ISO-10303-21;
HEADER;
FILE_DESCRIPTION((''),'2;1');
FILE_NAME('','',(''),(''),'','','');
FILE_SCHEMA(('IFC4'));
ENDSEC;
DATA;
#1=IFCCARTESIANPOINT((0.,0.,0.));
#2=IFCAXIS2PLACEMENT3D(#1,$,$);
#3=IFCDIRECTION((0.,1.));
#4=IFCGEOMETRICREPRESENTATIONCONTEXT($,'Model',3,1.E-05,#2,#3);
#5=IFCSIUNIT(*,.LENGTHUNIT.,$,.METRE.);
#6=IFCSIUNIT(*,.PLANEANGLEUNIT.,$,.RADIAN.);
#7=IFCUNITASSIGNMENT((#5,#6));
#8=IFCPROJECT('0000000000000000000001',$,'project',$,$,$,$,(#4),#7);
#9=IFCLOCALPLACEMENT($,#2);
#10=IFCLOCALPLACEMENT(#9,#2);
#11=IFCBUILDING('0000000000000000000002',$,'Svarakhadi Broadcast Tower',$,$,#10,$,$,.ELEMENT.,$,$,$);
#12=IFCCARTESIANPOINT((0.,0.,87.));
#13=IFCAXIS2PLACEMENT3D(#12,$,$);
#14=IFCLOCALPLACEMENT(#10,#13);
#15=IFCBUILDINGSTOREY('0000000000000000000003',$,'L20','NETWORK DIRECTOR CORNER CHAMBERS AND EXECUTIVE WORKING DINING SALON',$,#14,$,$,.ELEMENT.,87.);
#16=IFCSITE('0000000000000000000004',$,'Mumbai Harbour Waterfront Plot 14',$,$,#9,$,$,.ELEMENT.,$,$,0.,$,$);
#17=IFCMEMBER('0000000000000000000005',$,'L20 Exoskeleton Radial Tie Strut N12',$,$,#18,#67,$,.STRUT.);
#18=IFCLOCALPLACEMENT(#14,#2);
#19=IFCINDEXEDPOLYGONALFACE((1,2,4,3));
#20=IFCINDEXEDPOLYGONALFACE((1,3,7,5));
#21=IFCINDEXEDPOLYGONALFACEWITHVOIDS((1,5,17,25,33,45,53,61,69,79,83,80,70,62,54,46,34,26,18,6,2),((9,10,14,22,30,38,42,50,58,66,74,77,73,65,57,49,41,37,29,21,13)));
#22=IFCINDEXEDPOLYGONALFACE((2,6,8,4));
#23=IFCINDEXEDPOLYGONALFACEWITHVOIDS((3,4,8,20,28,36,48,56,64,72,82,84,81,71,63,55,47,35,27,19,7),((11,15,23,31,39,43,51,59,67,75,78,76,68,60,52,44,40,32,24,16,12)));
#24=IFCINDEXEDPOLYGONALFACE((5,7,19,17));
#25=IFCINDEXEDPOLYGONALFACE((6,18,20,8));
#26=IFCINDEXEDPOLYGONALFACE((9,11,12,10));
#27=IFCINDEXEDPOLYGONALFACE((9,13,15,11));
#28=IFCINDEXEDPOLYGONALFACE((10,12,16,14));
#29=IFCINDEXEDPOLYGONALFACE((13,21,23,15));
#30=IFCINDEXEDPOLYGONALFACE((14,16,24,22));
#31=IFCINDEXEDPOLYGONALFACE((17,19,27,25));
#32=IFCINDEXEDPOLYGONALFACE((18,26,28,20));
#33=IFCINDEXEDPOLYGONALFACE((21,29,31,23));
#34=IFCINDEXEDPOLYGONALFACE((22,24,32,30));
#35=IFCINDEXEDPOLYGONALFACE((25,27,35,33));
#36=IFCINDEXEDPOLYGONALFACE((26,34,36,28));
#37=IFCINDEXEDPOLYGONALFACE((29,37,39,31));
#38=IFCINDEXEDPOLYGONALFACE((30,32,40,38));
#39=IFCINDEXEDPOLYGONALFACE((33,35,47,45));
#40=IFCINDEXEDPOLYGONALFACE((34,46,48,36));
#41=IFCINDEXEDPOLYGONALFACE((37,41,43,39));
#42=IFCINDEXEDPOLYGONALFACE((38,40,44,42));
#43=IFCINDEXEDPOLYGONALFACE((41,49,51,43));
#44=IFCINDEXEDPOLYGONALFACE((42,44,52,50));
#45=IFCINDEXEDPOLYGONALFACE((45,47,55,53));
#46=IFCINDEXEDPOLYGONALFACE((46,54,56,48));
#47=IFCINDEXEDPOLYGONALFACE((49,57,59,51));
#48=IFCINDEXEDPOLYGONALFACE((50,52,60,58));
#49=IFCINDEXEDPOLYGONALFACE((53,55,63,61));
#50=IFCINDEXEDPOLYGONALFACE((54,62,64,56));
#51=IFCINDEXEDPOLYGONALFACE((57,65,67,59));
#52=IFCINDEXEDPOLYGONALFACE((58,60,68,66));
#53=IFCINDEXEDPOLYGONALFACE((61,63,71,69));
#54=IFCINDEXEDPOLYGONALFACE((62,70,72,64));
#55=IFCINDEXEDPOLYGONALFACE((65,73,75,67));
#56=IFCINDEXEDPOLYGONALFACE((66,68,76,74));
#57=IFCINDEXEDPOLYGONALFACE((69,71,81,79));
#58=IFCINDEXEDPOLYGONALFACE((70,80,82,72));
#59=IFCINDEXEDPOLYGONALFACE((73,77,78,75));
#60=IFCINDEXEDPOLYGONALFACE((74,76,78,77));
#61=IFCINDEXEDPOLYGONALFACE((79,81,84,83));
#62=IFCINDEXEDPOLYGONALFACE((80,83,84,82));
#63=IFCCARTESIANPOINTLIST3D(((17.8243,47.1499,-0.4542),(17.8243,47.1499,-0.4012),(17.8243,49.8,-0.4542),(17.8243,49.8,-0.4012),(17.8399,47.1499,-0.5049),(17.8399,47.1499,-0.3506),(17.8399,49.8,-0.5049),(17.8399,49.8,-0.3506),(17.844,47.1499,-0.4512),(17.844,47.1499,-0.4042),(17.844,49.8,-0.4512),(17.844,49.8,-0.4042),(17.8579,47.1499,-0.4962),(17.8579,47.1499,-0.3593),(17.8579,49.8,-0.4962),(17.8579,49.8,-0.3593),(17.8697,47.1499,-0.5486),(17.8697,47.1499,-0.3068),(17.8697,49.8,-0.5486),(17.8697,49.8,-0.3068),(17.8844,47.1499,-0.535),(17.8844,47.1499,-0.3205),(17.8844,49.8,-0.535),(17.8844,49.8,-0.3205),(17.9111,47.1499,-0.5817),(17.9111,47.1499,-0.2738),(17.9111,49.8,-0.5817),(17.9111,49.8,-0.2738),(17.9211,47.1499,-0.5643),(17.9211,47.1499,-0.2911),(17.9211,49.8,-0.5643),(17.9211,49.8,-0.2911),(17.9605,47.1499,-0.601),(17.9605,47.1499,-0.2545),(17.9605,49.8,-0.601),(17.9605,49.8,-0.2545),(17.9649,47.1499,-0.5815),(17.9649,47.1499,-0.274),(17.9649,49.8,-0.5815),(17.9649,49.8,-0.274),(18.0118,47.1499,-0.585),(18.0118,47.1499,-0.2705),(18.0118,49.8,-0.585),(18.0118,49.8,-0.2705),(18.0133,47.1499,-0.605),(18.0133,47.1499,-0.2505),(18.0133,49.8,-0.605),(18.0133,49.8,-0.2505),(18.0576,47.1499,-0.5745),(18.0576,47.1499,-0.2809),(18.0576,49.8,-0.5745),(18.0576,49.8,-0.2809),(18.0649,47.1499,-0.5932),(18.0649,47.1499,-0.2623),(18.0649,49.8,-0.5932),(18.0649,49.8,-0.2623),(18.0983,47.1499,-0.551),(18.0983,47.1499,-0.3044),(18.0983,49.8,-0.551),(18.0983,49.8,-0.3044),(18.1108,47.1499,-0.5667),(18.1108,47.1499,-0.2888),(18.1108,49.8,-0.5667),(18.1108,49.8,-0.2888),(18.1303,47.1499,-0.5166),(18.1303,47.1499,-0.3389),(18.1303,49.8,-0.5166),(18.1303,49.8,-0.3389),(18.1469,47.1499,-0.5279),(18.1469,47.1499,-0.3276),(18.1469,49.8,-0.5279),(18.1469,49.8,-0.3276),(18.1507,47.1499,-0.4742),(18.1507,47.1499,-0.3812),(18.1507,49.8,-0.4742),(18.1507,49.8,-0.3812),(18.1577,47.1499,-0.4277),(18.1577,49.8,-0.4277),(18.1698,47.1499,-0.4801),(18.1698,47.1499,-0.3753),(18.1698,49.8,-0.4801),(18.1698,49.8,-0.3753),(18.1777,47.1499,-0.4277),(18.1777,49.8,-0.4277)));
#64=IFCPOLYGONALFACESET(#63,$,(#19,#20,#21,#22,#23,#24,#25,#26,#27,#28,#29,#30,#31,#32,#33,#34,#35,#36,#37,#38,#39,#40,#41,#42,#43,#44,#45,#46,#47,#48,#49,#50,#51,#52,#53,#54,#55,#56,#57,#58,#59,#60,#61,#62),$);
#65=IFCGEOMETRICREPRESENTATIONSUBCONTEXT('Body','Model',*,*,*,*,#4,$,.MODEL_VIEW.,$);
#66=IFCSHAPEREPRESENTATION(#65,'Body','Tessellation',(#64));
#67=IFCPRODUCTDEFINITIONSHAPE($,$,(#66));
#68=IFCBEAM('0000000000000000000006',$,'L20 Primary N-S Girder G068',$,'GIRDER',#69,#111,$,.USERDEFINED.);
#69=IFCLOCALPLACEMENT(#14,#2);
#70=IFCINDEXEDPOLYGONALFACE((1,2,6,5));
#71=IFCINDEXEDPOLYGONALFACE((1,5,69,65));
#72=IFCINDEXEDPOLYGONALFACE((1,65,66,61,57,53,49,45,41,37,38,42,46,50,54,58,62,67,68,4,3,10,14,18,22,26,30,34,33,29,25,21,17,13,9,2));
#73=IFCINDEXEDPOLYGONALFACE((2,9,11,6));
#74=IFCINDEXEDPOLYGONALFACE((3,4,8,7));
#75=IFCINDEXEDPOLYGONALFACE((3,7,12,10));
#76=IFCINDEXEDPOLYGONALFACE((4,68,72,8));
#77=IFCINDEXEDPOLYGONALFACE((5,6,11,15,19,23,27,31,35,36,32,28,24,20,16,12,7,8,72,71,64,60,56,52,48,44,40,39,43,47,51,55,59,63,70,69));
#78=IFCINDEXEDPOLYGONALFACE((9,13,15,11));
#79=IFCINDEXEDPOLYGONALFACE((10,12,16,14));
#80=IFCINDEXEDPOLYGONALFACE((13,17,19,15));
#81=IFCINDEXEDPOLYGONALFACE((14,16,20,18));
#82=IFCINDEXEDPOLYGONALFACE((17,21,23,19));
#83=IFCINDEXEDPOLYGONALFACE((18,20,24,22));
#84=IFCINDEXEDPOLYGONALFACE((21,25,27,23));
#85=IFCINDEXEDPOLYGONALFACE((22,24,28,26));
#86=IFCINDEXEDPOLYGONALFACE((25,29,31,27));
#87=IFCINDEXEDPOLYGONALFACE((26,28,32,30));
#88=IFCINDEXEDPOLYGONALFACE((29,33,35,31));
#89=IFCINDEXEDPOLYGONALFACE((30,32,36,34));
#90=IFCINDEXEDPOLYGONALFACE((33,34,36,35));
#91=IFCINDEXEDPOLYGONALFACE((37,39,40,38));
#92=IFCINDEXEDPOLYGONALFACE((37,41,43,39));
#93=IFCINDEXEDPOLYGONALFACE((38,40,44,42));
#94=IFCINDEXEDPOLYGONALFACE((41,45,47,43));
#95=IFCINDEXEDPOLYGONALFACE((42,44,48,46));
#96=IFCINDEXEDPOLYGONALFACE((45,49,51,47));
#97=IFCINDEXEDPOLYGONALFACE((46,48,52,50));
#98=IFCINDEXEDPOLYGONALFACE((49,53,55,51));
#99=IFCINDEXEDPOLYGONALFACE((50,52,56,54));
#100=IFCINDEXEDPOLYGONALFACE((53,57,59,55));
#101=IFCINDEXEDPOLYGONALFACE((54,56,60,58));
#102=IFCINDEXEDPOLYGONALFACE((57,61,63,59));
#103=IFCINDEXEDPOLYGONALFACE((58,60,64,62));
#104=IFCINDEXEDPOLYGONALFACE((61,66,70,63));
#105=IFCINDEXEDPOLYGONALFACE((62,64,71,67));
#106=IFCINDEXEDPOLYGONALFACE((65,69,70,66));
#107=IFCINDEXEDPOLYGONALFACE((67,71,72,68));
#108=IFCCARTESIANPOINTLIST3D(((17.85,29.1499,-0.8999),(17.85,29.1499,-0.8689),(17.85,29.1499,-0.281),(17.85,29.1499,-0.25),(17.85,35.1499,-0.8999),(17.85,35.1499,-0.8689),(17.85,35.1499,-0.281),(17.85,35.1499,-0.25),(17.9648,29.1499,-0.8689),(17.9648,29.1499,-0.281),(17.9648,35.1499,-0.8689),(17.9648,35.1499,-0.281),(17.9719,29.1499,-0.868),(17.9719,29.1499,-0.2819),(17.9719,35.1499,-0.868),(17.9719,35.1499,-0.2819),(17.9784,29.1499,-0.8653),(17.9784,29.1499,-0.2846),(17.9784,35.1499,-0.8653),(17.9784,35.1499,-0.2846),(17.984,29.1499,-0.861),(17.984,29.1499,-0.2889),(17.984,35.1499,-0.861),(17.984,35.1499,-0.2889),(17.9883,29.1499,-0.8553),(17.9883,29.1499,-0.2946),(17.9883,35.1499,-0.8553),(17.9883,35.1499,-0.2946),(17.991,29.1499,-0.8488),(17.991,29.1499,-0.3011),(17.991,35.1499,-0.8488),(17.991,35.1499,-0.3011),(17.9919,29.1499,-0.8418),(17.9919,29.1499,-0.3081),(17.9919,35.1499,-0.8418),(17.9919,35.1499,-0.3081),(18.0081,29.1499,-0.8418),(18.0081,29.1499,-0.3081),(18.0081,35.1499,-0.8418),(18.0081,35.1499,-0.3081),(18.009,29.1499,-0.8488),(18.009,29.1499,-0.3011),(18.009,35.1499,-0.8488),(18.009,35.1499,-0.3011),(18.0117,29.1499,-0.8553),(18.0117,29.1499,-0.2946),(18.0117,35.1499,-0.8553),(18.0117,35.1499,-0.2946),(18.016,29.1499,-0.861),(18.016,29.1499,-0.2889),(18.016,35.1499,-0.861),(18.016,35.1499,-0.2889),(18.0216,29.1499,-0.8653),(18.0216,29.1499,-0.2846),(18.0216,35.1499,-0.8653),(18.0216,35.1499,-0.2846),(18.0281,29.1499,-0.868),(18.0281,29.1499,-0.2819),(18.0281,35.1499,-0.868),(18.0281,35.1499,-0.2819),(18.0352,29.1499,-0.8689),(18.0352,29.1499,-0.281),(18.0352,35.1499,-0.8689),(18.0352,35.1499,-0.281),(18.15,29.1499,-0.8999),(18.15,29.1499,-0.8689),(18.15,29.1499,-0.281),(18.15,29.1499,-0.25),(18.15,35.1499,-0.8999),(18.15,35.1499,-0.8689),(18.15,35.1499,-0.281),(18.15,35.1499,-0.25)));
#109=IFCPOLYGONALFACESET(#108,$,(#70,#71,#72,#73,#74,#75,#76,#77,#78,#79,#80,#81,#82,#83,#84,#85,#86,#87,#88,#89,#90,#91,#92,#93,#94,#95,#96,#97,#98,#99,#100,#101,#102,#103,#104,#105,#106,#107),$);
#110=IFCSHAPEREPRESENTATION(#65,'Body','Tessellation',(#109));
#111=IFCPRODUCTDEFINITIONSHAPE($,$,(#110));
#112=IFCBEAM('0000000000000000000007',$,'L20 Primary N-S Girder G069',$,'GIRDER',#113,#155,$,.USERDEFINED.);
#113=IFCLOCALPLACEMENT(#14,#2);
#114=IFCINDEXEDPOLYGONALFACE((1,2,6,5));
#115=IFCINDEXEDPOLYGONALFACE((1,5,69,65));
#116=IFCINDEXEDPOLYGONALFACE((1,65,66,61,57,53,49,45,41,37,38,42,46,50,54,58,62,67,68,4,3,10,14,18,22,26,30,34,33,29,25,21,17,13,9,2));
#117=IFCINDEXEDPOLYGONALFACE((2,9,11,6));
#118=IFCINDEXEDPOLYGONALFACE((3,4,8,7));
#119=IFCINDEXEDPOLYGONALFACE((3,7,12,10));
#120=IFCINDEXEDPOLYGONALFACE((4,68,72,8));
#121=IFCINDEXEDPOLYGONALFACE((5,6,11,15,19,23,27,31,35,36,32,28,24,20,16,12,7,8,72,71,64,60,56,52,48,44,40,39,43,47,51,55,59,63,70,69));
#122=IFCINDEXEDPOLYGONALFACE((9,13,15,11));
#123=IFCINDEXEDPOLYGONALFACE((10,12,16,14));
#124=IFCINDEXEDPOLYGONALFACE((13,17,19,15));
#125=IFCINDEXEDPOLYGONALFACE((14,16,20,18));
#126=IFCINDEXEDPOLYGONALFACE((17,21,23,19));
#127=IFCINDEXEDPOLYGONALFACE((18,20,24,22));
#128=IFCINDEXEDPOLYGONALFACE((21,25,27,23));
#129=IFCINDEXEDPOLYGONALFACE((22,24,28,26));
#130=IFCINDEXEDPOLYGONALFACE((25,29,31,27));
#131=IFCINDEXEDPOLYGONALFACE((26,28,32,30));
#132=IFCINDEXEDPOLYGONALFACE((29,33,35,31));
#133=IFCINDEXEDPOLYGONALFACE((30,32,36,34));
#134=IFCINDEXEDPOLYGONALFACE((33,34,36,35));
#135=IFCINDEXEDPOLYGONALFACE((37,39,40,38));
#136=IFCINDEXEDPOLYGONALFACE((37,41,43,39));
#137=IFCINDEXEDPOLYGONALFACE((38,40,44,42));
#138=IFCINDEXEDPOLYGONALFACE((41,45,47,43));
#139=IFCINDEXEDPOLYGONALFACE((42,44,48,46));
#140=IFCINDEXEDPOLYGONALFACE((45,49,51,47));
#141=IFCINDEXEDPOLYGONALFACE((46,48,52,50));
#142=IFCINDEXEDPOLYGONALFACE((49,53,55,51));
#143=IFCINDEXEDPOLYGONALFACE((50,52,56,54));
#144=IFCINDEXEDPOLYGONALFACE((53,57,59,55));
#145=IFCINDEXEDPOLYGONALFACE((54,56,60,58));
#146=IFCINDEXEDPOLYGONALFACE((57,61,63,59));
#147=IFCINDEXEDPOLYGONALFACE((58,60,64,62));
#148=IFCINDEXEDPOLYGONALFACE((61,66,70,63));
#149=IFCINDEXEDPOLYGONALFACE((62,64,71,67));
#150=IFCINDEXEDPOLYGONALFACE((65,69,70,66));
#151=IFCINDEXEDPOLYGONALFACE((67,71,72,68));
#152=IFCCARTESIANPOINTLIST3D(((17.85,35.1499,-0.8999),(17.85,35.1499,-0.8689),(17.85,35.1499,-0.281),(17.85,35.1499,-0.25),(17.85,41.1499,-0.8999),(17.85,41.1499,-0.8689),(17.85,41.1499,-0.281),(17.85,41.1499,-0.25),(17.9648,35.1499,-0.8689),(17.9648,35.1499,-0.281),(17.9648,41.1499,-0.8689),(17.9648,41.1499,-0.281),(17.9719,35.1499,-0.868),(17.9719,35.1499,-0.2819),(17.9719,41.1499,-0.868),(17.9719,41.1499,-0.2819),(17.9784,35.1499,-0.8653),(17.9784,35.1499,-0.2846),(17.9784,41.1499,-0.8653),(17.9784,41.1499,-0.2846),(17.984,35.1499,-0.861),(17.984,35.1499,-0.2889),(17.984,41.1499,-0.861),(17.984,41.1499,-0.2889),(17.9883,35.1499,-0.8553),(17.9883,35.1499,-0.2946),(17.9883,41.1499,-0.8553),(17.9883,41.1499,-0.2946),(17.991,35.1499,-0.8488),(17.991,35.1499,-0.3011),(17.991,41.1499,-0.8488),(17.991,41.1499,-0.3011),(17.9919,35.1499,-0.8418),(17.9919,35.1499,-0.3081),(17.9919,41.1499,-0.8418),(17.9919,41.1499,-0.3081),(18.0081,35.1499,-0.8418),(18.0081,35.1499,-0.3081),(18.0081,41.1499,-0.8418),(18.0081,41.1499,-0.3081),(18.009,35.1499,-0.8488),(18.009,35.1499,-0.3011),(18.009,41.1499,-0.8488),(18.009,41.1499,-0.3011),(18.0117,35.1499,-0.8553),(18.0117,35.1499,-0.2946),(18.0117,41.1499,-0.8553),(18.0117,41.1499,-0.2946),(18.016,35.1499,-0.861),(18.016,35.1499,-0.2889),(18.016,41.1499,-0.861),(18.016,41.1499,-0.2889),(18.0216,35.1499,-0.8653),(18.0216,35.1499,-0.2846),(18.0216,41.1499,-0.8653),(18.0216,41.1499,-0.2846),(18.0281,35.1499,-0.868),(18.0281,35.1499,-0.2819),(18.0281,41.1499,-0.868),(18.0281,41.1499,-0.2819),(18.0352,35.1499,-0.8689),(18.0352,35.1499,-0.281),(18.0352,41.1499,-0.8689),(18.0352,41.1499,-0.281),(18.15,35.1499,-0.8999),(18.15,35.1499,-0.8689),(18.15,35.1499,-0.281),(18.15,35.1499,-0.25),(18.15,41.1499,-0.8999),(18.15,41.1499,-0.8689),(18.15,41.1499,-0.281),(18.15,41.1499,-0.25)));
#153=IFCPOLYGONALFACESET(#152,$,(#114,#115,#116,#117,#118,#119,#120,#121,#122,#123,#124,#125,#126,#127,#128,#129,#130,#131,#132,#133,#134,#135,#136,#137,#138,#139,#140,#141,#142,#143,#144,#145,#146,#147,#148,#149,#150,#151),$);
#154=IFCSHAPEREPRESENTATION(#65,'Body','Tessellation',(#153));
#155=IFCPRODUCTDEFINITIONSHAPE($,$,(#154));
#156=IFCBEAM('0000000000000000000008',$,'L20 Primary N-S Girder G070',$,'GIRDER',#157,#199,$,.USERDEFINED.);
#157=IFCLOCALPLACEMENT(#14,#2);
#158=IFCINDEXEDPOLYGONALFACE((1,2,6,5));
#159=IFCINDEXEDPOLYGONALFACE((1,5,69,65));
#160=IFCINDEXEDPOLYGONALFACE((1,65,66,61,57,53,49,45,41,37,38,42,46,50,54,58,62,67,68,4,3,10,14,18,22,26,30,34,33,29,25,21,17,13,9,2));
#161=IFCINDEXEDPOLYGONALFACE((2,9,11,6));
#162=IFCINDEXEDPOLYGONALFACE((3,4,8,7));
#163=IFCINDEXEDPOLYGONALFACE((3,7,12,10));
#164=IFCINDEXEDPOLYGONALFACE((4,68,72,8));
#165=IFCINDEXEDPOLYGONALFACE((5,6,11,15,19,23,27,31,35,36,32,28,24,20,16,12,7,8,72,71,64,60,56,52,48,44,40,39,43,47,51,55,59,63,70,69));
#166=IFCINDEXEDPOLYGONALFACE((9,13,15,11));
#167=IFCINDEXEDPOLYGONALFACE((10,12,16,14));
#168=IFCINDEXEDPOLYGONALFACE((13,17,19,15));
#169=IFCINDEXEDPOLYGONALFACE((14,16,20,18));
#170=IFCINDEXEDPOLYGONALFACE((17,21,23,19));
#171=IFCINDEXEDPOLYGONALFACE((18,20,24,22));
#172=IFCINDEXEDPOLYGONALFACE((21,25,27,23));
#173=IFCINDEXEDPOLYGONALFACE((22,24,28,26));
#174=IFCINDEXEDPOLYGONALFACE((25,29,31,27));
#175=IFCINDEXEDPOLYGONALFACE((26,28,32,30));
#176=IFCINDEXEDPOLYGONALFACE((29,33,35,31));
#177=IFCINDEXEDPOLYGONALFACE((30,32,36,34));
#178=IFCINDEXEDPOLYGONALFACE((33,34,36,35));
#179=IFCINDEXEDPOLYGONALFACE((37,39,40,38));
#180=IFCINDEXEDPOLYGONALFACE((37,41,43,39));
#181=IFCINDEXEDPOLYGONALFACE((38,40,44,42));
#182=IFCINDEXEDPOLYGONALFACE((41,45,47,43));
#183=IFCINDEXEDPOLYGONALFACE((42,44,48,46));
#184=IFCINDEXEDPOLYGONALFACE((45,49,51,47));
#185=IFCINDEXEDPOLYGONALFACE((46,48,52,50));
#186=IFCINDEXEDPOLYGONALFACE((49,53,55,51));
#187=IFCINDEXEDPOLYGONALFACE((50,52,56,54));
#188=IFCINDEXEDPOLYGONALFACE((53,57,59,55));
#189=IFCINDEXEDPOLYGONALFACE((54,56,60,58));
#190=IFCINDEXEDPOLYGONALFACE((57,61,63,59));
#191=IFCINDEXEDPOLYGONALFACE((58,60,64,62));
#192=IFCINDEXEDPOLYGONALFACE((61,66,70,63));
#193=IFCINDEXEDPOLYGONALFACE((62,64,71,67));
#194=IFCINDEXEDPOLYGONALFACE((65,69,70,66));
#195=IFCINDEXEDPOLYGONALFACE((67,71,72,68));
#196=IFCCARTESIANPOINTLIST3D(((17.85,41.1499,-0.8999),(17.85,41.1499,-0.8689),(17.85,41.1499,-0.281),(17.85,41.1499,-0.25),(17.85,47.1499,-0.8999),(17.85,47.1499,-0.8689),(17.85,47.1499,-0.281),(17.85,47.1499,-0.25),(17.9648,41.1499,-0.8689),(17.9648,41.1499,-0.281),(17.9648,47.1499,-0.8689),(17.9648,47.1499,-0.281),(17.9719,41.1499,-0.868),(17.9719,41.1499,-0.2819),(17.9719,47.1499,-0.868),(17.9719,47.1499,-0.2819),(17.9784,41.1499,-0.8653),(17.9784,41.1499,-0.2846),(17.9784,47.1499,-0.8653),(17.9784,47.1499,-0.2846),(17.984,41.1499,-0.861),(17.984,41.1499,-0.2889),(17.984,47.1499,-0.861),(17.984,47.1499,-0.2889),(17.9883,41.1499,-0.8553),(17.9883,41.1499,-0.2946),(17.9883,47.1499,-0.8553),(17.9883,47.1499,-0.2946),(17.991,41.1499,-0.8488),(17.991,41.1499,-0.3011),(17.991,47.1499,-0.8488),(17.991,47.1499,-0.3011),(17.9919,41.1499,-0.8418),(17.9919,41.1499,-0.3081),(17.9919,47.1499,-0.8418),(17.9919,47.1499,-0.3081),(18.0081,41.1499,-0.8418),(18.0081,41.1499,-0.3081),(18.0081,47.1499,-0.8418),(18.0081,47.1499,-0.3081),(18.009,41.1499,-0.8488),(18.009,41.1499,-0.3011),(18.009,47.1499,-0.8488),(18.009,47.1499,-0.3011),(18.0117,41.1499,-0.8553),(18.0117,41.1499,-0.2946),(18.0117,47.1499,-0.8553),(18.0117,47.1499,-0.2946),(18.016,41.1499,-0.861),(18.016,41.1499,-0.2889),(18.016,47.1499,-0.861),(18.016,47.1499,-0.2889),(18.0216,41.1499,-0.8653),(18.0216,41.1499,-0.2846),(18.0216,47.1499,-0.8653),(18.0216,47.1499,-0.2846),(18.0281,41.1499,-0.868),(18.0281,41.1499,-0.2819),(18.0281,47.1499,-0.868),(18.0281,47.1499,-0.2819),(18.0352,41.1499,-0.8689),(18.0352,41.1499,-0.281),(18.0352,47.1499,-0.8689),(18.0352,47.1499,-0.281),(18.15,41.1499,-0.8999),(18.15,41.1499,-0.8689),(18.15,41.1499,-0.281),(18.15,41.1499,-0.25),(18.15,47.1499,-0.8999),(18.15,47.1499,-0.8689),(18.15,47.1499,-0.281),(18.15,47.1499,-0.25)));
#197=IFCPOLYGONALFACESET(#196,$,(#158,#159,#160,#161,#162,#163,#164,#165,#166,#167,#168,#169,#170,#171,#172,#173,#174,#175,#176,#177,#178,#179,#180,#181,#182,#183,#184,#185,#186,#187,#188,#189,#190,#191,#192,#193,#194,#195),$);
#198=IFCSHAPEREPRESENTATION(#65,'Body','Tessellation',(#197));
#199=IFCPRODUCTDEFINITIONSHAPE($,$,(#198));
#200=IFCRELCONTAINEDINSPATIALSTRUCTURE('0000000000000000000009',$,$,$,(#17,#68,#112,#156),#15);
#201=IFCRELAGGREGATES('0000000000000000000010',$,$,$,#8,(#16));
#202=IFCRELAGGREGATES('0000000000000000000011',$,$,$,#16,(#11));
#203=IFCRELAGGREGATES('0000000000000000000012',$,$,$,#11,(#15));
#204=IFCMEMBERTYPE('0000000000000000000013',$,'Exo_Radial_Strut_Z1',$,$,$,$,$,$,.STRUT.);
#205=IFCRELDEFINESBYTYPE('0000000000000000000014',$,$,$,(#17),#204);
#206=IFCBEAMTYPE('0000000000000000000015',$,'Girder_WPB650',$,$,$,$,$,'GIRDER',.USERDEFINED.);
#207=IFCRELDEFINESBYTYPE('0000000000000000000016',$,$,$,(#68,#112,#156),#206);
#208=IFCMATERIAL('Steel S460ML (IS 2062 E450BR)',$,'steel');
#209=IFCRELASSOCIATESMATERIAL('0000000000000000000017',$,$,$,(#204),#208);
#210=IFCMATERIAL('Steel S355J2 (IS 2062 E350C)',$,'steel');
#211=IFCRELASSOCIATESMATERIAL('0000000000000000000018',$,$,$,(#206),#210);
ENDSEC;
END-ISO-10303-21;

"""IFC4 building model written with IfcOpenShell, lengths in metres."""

from ifc_helpers import new_model, si_unit, direction, frame, origin, origin_2d, place, context, subcontext, project, spatial, hollow_circle, i_section, extrude, material, material_profile, profile_set, type_object, element, save


model = new_model("IFC4")

# Units and contexts
model_context = context("Model", 3, precision=1e-05, world=origin(), true_north=direction((0.0, 1.0)))
body_context = subcontext(model_context, "Body", "Model", "MODEL_VIEW")
ifc_project = project(units=[si_unit("LENGTHUNIT", "METRE"), si_unit("PLANEANGLEUNIT", "RADIAN")], contexts=[model_context])

# Site, building, storey
site_placement = place(None, origin())
site = spatial("IfcSite", under=ifc_project, at=site_placement, Name="Mumbai Harbour Waterfront Plot 14", CompositionType="ELEMENT", RefElevation=0.0)
building_placement = place(site_placement, origin())
building = spatial("IfcBuilding", under=site, at=building_placement, Name="Svarakhadi Broadcast Tower", CompositionType="ELEMENT")
storey_placement = place(building_placement, frame((0.0, 0.0, 87.0)))
storey = spatial("IfcBuildingStorey", under=building, at=storey_placement, Name="L20", Description="NETWORK DIRECTOR CORNER CHAMBERS AND EXECUTIVE WORKING DINING SALON", CompositionType="ELEMENT", Elevation=87.0)

# Member
ifc_material_1 = material(Name="Steel S460ML (IS 2062 E450BR)", Category="steel")
ifc_material_profile_1 = material_profile(ifc_material_1, hollow_circle(Radius=0.1777, WallThickness=0.02, at=origin_2d()), Name="CHS 355.6x20")
ifc_profile_set_1 = profile_set([ifc_material_profile_1], Name="Steel S460ML (IS 2062 E450BR)")
member_type_1 = type_object("IfcMemberType", Name="Exo_Radial_Strut_Z1", PredefinedType="STRUT", material=ifc_profile_set_1)
member_1_placement = place(storey_placement, frame((18.0, 49.8, -0.4277), z_axis=(0.0, -1.0, 0.0), x_axis=(1.0, 0.0, 0.0)))
element("IfcMember", 1, at=member_1_placement, inside=storey, type_object=member_type_1, Name="L20 Exoskeleton Radial Tie Strut N12", PredefinedType="STRUT", context=body_context, shape_type="SweptSolid", body=[
    extrude(hollow_circle(Radius=0.1777, WallThickness=0.02, at=origin_2d()), origin(), (0.0, 0.0, 1.0), 2.6501),
])

# Beams
ifc_material_2 = material(Name="Steel S355J2 (IS 2062 E350C)", Category="steel")
ifc_material_profile_2 = material_profile(ifc_material_2, i_section(OverallWidth=0.3, OverallDepth=0.6499, WebThickness=0.0161, FlangeThickness=0.031, FilletRadius=0.0271, at=origin_2d()), Name="WPB 650x300x225")
ifc_profile_set_2 = profile_set([ifc_material_profile_2], Name="Steel S355J2 (IS 2062 E350C)")
beam_type = type_object("IfcBeamType", Name="Girder_WPB650", ElementType="GIRDER", PredefinedType="USERDEFINED", material=ifc_profile_set_2)
for number, where, z_axis, x_axis, name in (
    (2, (18.0, 29.1499, -0.575), (0.0, 1.0, 0.0), (-1.0, 0.0, 0.0), "L20 Primary N-S Girder G068"),
    (3, (18.0, 35.1499, -0.575), (0.0, 1.0, 0.0), (-1.0, 0.0, 0.0), "L20 Primary N-S Girder G069"),
    (4, (18.0, 41.1499, -0.575), (0.0, 1.0, 0.0), (-1.0, 0.0, 0.0), "L20 Primary N-S Girder G070"),
):
    element("IfcBeam", number, at=place(storey_placement, frame(where, z_axis=z_axis, x_axis=x_axis)), inside=storey, type_object=beam_type, Name=name, ObjectType="GIRDER", PredefinedType="USERDEFINED", context=body_context, shape_type="SweptSolid", body=[
        extrude(i_section(OverallWidth=0.3, OverallDepth=0.6499, WebThickness=0.0161, FlangeThickness=0.031, FilletRadius=0.0271, at=origin_2d()), origin(), (0.0, 0.0, 1.0), 6.0),
    ])

save(model, "model.ifc")
